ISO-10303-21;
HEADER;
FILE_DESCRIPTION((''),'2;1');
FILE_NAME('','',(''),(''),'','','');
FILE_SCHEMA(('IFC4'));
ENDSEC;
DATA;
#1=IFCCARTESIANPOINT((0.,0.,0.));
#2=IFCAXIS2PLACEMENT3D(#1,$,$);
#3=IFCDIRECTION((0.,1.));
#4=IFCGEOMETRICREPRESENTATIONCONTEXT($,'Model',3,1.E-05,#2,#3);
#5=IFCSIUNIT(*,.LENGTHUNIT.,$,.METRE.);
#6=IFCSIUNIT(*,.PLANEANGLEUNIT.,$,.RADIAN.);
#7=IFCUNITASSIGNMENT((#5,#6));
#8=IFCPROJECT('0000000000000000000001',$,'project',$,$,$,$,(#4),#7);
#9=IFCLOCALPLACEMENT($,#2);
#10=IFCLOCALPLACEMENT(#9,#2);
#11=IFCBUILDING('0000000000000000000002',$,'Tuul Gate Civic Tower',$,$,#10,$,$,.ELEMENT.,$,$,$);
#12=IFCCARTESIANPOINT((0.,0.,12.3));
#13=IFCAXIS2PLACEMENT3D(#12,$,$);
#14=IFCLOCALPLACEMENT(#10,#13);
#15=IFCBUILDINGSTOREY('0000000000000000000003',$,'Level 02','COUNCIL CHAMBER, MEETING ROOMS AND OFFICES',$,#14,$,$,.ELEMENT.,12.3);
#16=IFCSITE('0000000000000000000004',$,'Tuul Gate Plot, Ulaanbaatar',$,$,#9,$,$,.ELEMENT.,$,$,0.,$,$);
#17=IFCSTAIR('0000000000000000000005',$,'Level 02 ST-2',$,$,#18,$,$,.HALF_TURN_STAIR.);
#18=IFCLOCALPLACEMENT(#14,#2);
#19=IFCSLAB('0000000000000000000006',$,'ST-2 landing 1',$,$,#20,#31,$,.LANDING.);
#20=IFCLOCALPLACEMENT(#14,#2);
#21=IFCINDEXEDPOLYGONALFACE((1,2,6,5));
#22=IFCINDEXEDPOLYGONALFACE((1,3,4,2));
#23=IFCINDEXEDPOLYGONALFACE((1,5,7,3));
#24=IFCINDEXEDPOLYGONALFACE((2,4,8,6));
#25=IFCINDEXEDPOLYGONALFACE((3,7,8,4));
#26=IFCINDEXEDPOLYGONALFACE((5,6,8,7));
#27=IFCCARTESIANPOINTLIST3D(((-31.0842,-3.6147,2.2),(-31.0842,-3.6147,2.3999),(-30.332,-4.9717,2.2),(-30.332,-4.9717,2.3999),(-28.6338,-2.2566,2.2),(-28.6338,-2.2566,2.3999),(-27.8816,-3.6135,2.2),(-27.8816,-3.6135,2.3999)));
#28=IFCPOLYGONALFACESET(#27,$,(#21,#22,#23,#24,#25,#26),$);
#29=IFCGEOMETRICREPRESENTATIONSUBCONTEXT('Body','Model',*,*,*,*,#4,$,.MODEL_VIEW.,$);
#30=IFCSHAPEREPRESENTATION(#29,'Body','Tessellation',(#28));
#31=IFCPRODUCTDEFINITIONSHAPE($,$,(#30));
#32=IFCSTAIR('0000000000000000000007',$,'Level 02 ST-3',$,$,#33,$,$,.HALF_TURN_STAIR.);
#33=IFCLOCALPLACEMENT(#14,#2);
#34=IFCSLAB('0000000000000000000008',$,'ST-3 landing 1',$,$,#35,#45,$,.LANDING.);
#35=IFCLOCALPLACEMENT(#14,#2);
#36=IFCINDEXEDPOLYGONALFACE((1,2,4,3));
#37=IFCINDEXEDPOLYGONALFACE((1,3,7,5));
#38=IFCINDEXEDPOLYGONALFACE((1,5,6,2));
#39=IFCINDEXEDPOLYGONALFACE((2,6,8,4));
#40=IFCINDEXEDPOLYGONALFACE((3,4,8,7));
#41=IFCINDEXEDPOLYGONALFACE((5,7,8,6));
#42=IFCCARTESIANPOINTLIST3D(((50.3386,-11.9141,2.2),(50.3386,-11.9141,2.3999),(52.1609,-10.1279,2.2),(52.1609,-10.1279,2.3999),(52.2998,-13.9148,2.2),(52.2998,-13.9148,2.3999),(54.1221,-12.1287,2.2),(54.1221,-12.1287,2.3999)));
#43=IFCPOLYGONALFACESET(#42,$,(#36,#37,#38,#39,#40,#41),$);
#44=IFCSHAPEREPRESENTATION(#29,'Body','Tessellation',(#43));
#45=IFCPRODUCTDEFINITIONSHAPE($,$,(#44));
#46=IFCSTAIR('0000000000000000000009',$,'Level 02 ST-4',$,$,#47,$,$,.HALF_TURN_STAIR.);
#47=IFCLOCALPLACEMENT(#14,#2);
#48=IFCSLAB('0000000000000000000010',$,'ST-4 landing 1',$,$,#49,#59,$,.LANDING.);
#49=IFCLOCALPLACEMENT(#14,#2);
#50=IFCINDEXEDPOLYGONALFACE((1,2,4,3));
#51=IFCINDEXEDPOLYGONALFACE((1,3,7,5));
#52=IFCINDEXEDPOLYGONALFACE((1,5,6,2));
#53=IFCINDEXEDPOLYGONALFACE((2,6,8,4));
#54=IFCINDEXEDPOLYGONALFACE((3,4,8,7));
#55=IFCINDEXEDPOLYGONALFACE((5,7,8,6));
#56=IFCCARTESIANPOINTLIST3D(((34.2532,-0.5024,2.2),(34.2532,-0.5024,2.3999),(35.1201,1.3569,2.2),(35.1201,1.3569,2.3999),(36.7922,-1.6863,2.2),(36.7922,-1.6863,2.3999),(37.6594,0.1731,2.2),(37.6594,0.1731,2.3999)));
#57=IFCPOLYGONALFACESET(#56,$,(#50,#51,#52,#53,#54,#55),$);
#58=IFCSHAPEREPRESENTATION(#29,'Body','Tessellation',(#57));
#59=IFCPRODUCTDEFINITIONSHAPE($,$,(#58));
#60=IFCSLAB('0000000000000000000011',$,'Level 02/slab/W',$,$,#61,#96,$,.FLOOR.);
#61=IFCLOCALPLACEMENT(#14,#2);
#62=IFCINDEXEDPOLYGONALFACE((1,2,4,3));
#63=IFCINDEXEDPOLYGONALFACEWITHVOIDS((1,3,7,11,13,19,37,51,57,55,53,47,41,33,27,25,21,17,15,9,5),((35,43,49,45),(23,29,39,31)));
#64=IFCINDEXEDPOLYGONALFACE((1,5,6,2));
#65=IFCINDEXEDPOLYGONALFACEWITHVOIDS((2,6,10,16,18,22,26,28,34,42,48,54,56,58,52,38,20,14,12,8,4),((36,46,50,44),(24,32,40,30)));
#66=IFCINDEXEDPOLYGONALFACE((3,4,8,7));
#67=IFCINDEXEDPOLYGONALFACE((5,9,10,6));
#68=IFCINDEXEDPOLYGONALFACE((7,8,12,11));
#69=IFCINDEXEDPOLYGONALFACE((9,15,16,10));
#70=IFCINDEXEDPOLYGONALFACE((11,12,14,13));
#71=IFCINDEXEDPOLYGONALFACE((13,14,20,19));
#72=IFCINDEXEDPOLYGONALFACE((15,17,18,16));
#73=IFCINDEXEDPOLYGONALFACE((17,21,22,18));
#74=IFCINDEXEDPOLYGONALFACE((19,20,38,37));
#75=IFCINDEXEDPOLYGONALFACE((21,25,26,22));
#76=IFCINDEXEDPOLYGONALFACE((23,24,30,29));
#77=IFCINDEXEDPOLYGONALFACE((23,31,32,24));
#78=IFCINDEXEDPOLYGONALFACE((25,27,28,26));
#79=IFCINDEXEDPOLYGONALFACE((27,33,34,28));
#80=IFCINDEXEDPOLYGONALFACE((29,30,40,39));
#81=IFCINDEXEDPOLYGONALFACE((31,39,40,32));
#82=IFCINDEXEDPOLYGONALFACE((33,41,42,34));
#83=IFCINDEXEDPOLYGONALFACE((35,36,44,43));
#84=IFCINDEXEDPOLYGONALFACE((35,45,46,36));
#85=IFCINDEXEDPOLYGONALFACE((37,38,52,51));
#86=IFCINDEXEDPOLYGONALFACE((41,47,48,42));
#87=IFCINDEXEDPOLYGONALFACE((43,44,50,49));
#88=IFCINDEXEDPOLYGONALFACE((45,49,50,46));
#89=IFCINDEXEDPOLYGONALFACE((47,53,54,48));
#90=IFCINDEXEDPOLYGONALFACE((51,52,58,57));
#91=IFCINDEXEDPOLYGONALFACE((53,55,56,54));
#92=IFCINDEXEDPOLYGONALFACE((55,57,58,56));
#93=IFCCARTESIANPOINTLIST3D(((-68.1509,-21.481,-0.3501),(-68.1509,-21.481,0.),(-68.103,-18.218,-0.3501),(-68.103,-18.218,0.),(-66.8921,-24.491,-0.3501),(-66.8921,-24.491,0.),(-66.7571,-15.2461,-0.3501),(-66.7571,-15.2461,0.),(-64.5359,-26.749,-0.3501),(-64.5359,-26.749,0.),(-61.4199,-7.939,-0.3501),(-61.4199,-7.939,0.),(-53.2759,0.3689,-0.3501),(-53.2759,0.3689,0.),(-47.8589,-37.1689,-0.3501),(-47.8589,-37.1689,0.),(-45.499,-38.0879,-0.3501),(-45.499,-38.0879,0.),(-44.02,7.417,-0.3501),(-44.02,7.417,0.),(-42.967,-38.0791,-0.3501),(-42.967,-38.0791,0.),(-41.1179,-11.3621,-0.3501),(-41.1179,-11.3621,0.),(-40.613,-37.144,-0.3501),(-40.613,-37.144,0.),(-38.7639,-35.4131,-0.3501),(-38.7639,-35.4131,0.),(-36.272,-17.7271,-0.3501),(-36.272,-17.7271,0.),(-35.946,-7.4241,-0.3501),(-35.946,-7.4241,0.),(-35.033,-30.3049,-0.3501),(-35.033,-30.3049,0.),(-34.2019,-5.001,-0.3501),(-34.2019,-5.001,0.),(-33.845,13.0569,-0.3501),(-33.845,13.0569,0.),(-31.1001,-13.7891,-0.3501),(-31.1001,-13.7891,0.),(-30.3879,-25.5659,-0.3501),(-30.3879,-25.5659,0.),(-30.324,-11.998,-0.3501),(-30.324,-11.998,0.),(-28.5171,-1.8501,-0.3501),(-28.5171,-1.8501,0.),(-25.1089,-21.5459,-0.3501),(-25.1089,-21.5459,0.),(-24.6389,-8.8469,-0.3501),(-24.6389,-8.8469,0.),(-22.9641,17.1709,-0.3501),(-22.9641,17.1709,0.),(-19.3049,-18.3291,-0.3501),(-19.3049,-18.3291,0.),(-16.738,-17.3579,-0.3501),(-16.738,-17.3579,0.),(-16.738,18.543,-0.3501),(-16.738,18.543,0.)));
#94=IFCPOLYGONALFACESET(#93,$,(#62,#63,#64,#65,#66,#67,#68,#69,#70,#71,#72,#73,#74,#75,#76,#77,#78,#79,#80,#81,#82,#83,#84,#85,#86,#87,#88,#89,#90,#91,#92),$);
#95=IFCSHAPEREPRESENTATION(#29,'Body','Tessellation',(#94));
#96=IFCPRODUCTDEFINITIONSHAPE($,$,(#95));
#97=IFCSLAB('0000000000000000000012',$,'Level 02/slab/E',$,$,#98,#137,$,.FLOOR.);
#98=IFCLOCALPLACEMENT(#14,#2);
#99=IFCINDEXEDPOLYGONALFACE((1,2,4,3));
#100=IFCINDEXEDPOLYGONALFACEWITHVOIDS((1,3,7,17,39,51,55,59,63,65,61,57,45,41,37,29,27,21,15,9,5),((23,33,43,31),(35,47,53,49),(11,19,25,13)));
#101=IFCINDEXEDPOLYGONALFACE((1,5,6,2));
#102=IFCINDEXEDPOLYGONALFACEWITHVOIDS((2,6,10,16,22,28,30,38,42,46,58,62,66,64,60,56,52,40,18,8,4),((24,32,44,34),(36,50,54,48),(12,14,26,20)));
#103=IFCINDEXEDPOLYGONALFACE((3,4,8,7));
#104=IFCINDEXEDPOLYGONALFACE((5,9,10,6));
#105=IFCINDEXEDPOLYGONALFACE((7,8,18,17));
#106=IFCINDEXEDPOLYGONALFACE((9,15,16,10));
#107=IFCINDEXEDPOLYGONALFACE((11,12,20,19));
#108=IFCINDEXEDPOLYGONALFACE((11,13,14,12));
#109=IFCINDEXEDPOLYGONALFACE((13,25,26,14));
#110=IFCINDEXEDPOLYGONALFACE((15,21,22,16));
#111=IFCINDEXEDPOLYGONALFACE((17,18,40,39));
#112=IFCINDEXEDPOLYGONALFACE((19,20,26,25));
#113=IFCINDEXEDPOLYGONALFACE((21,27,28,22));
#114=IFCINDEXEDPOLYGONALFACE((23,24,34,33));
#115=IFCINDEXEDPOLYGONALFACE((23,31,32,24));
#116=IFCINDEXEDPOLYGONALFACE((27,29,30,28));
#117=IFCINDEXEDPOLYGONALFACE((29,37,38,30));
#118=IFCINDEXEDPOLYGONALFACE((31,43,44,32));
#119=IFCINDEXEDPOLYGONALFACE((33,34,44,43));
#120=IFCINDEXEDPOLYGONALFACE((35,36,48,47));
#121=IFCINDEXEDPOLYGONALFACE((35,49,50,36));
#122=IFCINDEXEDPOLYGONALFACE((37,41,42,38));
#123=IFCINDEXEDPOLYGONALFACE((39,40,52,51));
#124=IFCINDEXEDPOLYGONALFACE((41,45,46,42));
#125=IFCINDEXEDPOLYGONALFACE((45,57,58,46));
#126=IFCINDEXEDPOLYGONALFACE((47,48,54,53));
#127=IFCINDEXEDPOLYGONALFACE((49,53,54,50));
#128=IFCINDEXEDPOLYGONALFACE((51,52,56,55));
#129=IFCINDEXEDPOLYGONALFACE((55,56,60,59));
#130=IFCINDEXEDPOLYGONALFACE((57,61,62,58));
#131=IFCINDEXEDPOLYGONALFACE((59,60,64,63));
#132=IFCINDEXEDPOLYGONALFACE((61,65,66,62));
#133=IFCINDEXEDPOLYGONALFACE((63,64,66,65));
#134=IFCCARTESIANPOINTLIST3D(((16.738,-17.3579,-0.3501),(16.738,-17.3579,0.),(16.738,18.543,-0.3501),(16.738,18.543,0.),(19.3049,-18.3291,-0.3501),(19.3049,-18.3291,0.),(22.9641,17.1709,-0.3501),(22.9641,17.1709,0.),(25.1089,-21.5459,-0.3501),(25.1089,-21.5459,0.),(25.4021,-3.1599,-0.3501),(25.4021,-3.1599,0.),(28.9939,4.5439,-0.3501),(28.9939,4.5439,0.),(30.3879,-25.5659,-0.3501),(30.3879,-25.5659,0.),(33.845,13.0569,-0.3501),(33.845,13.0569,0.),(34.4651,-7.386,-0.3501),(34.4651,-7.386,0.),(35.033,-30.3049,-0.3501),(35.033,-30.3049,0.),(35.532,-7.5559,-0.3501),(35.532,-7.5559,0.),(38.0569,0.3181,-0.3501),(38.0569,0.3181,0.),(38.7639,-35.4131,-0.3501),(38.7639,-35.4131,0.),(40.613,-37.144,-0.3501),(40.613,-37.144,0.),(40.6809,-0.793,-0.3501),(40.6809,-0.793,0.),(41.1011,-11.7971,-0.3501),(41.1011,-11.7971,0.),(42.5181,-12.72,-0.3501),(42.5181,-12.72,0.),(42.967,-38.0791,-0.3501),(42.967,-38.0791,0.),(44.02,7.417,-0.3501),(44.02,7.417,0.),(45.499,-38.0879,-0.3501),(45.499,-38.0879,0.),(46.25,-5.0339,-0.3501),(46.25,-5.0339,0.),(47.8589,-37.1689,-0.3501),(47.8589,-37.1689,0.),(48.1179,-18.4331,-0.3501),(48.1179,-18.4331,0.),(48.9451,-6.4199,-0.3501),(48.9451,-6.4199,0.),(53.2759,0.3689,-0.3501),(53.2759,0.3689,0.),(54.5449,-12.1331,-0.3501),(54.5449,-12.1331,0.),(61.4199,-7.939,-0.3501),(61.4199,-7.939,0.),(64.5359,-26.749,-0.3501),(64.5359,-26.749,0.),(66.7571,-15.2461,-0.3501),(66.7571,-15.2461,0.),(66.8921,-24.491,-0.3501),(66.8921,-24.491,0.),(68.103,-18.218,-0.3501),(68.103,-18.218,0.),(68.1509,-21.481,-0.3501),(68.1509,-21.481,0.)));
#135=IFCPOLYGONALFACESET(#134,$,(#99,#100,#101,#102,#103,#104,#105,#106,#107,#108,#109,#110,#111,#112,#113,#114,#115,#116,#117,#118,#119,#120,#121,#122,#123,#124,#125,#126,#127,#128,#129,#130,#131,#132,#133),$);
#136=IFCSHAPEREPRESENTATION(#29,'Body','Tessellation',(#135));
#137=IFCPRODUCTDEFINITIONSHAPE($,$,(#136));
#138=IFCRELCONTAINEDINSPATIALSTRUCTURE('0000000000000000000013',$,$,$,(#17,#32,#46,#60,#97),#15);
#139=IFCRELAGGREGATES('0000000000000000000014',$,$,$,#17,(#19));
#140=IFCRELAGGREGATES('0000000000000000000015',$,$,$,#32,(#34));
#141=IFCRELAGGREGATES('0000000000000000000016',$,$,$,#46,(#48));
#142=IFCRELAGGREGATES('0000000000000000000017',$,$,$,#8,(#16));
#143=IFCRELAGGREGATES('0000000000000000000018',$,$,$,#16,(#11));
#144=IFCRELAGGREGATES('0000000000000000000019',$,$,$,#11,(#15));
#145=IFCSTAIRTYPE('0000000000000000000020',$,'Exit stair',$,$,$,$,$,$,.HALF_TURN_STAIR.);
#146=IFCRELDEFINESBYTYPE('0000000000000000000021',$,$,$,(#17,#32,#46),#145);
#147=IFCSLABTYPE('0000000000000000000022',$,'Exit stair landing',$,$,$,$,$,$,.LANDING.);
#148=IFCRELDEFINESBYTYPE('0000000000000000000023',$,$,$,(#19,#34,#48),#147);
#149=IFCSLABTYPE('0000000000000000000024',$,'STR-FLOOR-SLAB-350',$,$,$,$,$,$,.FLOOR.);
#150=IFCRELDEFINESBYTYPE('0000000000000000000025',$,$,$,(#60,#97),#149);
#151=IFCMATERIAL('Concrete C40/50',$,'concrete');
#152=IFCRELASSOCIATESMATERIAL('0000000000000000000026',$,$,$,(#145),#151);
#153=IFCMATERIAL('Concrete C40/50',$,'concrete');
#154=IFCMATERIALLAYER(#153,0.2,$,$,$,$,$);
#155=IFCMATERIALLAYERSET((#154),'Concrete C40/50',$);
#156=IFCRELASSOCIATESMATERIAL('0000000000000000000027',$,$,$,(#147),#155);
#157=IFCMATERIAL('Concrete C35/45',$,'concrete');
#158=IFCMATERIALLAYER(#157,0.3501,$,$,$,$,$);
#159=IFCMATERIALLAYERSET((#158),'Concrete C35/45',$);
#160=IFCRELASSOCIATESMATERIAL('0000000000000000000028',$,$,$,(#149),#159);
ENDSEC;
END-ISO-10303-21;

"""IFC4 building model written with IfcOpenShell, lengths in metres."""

from ifc_helpers import new_model, si_unit, direction, frame, origin, place, context, subcontext, project, spatial, polyline, outline, extrude, material, layer, layer_set, type_object, element, aggregate, save


model = new_model("IFC4")

# Units and contexts
model_context = context("Model", 3, precision=1e-05, world=origin(), true_north=direction((0.0, 1.0)))
body_context = subcontext(model_context, "Body", "Model", "MODEL_VIEW")
ifc_project = project(units=[si_unit("LENGTHUNIT", "METRE"), si_unit("PLANEANGLEUNIT", "RADIAN")], contexts=[model_context])

# Site, building, storey
site_placement = place(None, origin())
site = spatial("IfcSite", under=ifc_project, at=site_placement, Name="Tuul Gate Plot, Ulaanbaatar", CompositionType="ELEMENT", RefElevation=0.0)
building_placement = place(site_placement, origin())
building = spatial("IfcBuilding", under=site, at=building_placement, Name="Tuul Gate Civic Tower", CompositionType="ELEMENT")
storey_placement = place(building_placement, frame((0.0, 0.0, 12.3)))
storey = spatial("IfcBuildingStorey", under=building, at=storey_placement, Name="Level 02", Description="COUNCIL CHAMBER, MEETING ROOMS AND OFFICES", CompositionType="ELEMENT", Elevation=12.3)

# Stairs, slabs
ifc_material_1 = material(Name="Concrete C40/50", Category="concrete")
stair_type = type_object("IfcStairType", Name="Exit stair", PredefinedType="HALF_TURN_STAIR", material=ifc_material_1)
ifc_material_2 = material(Name="Concrete C40/50", Category="concrete")
ifc_layer_1 = layer(ifc_material_2, 0.2)
ifc_layer_set_1 = layer_set([ifc_layer_1], Name="Concrete C40/50")
slab_type_1 = type_object("IfcSlabType", Name="Exit stair landing", PredefinedType="LANDING", material=ifc_layer_set_1)
stair_1_placement = place(storey_placement, origin())
stair_1 = element("IfcStair", 1, at=stair_1_placement, inside=storey, type_object=stair_type, Name="Level 02 ST-2", PredefinedType="HALF_TURN_STAIR")
slab_1_placement = place(storey_placement, frame((0.0, 0.0, 2.2)))
slab_1 = element("IfcSlab", 2, at=slab_1_placement, type_object=slab_type_1, Name="ST-2 landing 1", PredefinedType="LANDING", context=body_context, shape_type="SweptSolid", body=[
    extrude(outline(polyline([(-27.8816, -3.6135), (-30.332, -4.9717), (-31.0842, -3.6147), (-28.6338, -2.2566), (-27.8816, -3.6135)])), origin(), (0.0, 0.0, 1.0), 0.2),
])
aggregate(stair_1, [slab_1])
stair_2_placement = place(storey_placement, origin())
stair_2 = element("IfcStair", 3, at=stair_2_placement, inside=storey, type_object=stair_type, Name="Level 02 ST-3", PredefinedType="HALF_TURN_STAIR")
slab_2_placement = place(storey_placement, frame((0.0, 0.0, 2.2)))
slab_2 = element("IfcSlab", 4, at=slab_2_placement, type_object=slab_type_1, Name="ST-3 landing 1", PredefinedType="LANDING", context=body_context, shape_type="SweptSolid", body=[
    extrude(outline(polyline([(52.2998, -13.9148), (50.3386, -11.9141), (52.1609, -10.1279), (54.1221, -12.1287), (52.2998, -13.9148)])), origin(), (0.0, 0.0, 1.0), 0.2),
])
aggregate(stair_2, [slab_2])
stair_3_placement = place(storey_placement, origin())
stair_3 = element("IfcStair", 5, at=stair_3_placement, inside=storey, type_object=stair_type, Name="Level 02 ST-4", PredefinedType="HALF_TURN_STAIR")
slab_3_placement = place(storey_placement, frame((0.0, 0.0, 2.2)))
slab_3 = element("IfcSlab", 6, at=slab_3_placement, type_object=slab_type_1, Name="ST-4 landing 1", PredefinedType="LANDING", context=body_context, shape_type="SweptSolid", body=[
    extrude(outline(polyline([(36.7922, -1.6863), (34.2532, -0.5024), (35.1201, 1.3569), (37.6594, 0.1731), (36.7922, -1.6863)])), origin(), (0.0, 0.0, 1.0), 0.2),
])
aggregate(stair_3, [slab_3])

# Slabs
ifc_material_3 = material(Name="Concrete C35/45", Category="concrete")
ifc_layer_2 = layer(ifc_material_3, 0.3501)
ifc_layer_set_2 = layer_set([ifc_layer_2], Name="Concrete C35/45")
slab_type_2 = type_object("IfcSlabType", Name="STR-FLOOR-SLAB-350", PredefinedType="FLOOR", material=ifc_layer_set_2)
slab_4_placement = place(storey_placement, frame((0.0, 0.0, -0.3501)))
element("IfcSlab", 7, at=slab_4_placement, inside=storey, type_object=slab_type_2, Name="Level 02/slab/W", PredefinedType="FLOOR", context=body_context, shape_type="SweptSolid", body=[
    extrude(outline(polyline([(-25.1089, -21.5459), (-19.3049, -18.3291), (-16.738, -17.3579), (-16.738, 18.543), (-22.9641, 17.1709), (-33.845, 13.0569), (-44.02, 7.417), (-53.2759, 0.3689), (-61.4199, -7.939), (-66.7571, -15.2461), (-68.103, -18.218), (-68.1509, -21.481), (-66.8921, -24.491), (-64.5359, -26.749), (-47.8589, -37.1689), (-45.499, -38.0879), (-42.967, -38.0791), (-40.613, -37.144), (-38.7639, -35.4131), (-35.033, -30.3049), (-30.3879, -25.5659), (-25.1089, -21.5459)]), holes=[polyline([(-31.1001, -13.7891), (-36.272, -17.7271), (-41.1179, -11.3621), (-35.946, -7.4241), (-31.1001, -13.7891)]), polyline([(-30.324, -11.998), (-34.2019, -5.001), (-28.5171, -1.8501), (-24.6389, -8.8469), (-30.324, -11.998)])]), origin(), (0.0, 0.0, 1.0), 0.3501),
])
slab_5_placement = place(storey_placement, frame((0.0, 0.0, -0.3501)))
element("IfcSlab", 8, at=slab_5_placement, inside=storey, type_object=slab_type_2, Name="Level 02/slab/E", PredefinedType="FLOOR", context=body_context, shape_type="SweptSolid", body=[
    extrude(outline(polyline([(33.845, 13.0569), (22.9641, 17.1709), (16.738, 18.543), (16.738, -17.3579), (19.3049, -18.3291), (25.1089, -21.5459), (30.3879, -25.5659), (35.033, -30.3049), (38.7639, -35.4131), (40.613, -37.144), (42.967, -38.0791), (45.499, -38.0879), (47.8589, -37.1689), (64.5359, -26.749), (66.8921, -24.491), (68.1509, -21.481), (68.103, -18.218), (66.7571, -15.2461), (61.4199, -7.939), (53.2759, 0.3689), (44.02, 7.417), (33.845, 13.0569)]), holes=[polyline([(42.5181, -12.72), (48.9451, -6.4199), (54.5449, -12.1331), (48.1179, -18.4331), (42.5181, -12.72)]), polyline([(41.1011, -11.7971), (35.532, -7.5559), (40.6809, -0.793), (46.25, -5.0339), (41.1011, -11.7971)]), polyline([(25.4021, -3.1599), (28.9939, 4.5439), (38.0569, 0.3181), (34.4651, -7.386), (25.4021, -3.1599)])]), origin(), (0.0, 0.0, 1.0), 0.3501),
])

save(model, "model.ifc")
